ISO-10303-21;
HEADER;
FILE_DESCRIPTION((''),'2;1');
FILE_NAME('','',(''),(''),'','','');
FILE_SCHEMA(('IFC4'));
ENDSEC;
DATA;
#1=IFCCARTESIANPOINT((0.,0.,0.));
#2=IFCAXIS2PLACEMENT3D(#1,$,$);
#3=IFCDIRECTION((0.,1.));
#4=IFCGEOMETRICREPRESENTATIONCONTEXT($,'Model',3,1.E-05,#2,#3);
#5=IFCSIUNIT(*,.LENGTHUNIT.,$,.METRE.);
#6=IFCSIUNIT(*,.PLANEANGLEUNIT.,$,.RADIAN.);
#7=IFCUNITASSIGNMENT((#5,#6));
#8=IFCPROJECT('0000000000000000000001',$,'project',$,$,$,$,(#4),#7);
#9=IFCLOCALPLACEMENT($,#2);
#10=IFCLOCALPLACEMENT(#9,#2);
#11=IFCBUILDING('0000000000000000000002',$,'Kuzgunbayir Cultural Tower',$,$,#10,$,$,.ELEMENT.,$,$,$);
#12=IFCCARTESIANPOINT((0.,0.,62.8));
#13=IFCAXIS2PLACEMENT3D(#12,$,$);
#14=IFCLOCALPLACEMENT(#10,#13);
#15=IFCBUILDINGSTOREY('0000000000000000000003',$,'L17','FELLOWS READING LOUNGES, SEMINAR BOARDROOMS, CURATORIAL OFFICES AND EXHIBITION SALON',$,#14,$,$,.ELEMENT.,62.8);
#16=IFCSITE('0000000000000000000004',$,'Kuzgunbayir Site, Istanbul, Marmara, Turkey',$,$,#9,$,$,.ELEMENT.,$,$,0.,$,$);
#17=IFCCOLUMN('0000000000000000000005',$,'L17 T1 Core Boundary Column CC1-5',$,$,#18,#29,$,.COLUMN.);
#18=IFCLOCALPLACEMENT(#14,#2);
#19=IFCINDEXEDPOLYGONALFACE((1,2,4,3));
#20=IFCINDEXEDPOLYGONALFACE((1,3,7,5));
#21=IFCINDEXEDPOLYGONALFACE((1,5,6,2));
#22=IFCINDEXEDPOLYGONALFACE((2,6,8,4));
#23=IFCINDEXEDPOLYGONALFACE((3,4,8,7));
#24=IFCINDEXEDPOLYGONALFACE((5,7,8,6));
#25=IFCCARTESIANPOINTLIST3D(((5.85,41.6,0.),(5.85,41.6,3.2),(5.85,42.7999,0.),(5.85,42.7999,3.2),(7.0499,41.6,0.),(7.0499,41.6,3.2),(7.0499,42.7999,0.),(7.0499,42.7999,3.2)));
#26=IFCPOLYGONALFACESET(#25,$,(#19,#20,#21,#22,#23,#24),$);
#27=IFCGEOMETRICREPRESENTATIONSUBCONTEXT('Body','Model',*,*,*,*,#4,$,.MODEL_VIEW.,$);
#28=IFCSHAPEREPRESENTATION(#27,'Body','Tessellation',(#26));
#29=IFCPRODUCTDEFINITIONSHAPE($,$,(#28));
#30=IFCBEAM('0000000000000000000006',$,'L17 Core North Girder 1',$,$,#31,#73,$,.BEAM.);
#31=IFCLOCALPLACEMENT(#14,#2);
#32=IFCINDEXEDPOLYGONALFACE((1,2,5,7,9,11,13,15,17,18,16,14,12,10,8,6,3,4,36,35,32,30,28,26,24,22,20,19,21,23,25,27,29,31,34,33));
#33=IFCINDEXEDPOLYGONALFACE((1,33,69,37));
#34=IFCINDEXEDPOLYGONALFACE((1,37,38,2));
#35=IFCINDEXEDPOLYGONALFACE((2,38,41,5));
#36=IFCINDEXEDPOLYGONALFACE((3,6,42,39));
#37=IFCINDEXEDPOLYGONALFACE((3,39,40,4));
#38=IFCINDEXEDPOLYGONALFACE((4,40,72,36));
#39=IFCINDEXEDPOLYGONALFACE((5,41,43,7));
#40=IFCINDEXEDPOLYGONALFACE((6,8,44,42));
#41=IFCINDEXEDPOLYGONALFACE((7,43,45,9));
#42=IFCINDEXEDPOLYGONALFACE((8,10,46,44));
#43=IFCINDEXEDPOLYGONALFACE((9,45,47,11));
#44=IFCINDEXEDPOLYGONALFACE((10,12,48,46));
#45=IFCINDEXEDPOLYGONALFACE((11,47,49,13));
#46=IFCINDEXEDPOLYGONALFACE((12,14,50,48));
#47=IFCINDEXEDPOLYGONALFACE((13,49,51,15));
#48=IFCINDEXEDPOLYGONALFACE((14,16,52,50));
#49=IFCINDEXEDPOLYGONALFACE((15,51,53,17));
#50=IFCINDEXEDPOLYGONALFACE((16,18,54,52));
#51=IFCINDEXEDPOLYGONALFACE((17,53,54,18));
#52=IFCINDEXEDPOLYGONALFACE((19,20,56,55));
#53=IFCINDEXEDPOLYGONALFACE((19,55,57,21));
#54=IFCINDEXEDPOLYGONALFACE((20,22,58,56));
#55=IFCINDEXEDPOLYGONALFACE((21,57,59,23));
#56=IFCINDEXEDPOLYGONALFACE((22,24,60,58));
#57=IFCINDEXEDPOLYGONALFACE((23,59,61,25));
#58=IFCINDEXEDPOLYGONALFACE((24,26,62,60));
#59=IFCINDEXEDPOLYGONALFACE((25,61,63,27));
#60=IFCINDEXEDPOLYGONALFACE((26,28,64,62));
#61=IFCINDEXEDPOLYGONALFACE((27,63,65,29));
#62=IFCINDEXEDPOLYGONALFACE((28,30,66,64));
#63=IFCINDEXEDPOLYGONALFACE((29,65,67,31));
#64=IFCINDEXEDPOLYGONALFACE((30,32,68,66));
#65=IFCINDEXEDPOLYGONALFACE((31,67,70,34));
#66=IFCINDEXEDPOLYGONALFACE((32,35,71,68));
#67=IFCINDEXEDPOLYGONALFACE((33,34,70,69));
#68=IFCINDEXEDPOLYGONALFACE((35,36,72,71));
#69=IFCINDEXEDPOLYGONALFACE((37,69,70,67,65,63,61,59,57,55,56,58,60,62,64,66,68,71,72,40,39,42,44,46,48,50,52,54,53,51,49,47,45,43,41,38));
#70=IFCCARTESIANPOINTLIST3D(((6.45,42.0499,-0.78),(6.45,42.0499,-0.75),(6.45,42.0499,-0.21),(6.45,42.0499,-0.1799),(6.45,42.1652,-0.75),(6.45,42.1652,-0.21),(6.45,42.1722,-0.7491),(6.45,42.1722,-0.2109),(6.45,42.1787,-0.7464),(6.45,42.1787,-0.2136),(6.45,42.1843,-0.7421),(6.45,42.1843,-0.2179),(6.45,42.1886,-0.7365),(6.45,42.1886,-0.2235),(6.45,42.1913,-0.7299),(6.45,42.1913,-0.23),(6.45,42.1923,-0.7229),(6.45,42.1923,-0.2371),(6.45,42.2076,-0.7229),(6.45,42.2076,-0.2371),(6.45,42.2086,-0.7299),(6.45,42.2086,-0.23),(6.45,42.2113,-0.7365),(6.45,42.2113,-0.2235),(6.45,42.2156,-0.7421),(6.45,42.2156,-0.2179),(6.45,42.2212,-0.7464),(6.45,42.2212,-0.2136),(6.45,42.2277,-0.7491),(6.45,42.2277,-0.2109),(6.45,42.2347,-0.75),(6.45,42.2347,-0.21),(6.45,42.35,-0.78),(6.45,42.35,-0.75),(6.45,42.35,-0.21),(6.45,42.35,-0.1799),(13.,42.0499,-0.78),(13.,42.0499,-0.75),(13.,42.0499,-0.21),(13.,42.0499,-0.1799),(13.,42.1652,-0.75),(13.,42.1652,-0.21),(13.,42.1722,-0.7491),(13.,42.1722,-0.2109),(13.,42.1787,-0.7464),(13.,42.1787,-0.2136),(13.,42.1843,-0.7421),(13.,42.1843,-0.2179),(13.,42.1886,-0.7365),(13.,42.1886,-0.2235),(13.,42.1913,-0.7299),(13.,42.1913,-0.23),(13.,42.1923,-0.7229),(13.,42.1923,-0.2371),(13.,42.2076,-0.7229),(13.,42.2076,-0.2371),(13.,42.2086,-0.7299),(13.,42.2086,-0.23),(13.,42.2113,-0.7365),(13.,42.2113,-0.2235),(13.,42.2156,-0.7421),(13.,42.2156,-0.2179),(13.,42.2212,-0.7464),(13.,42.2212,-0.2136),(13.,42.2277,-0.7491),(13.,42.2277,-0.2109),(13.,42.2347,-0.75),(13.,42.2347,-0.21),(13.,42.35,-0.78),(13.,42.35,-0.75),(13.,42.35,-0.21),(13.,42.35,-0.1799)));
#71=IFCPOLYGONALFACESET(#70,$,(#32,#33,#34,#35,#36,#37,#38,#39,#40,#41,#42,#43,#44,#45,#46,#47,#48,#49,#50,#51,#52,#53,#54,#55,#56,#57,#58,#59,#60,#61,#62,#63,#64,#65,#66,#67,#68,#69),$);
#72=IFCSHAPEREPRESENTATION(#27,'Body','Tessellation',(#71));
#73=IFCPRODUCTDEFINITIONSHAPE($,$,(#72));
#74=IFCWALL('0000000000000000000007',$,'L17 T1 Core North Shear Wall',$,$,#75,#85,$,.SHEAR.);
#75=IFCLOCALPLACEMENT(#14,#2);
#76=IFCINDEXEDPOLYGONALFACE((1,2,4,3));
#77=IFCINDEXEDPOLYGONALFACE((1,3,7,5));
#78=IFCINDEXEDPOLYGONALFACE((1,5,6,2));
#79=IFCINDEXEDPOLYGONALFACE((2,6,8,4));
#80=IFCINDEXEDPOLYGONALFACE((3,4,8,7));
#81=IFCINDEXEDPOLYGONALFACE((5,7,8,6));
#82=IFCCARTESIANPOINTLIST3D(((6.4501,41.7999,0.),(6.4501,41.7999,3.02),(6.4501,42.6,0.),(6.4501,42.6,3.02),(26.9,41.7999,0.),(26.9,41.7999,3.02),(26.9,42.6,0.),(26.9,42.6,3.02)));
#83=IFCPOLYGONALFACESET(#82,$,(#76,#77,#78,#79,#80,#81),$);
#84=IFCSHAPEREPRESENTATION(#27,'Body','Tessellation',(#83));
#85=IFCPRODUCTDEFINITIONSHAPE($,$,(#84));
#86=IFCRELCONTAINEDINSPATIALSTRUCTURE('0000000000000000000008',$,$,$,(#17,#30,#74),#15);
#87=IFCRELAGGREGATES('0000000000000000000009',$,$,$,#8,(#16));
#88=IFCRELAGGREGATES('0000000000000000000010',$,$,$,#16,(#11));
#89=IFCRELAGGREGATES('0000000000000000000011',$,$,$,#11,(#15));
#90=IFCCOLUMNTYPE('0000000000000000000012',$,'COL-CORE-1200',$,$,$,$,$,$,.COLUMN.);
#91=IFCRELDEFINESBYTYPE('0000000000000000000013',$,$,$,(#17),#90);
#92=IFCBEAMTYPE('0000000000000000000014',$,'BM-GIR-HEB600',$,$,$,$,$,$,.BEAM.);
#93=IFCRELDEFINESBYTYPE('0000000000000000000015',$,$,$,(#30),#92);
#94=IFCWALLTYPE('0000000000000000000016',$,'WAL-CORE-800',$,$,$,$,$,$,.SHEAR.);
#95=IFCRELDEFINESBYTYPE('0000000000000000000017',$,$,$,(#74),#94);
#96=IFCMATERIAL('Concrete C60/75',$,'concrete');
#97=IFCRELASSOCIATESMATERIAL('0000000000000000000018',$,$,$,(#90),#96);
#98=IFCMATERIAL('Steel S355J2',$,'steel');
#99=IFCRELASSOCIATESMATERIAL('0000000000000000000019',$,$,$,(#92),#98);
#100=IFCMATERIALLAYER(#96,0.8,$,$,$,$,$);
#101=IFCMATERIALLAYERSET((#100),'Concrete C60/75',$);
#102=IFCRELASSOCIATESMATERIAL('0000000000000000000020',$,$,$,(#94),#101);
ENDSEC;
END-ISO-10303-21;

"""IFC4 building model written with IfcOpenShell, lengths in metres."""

from ifc_helpers import new_model, si_unit, direction, frame, frame_2d, origin, origin_2d, place, context, subcontext, project, spatial, rectangle, i_section, extrude, material, layer, layer_set, material_profile, profile_set, type_object, element, save


model = new_model("IFC4")

# Units and contexts
model_context = context("Model", 3, precision=1e-05, world=origin(), true_north=direction((0.0, 1.0)))
body_context = subcontext(model_context, "Body", "Model", "MODEL_VIEW")
ifc_project = project(units=[si_unit("LENGTHUNIT", "METRE"), si_unit("PLANEANGLEUNIT", "RADIAN")], contexts=[model_context])

# Site, building, storey
site_placement = place(None, origin())
site = spatial("IfcSite", under=ifc_project, at=site_placement, Name="Kuzgunbayir Site, Istanbul, Marmara, Turkey", CompositionType="ELEMENT", RefElevation=0.0)
building_placement = place(site_placement, origin())
building = spatial("IfcBuilding", under=site, at=building_placement, Name="Kuzgunbayir Cultural Tower", CompositionType="ELEMENT")
storey_placement = place(building_placement, frame((0.0, 0.0, 62.8)))
storey = spatial("IfcBuildingStorey", under=building, at=storey_placement, Name="L17", Description="FELLOWS READING LOUNGES, SEMINAR BOARDROOMS, CURATORIAL OFFICES AND EXHIBITION SALON", CompositionType="ELEMENT", Elevation=62.8)

# Column
ifc_material_1 = material(Name="Concrete C60/75", Category="concrete")
ifc_material_profile_1 = material_profile(ifc_material_1, rectangle(XDim=1.2, YDim=1.2, at=origin_2d()), Name="RC 1200x1200")
ifc_profile_set_1 = profile_set([ifc_material_profile_1], Name="Concrete C60/75")
column_type = type_object("IfcColumnType", Name="COL-CORE-1200", PredefinedType="COLUMN", material=ifc_profile_set_1)
column_placement = place(storey_placement, frame((6.45, 42.2, 0.0), z_axis=(0.0, 0.0, 1.0), x_axis=(1.0, 0.0, 0.0)))
element("IfcColumn", 1, at=column_placement, inside=storey, type_object=column_type, Name="L17 T1 Core Boundary Column CC1-5", PredefinedType="COLUMN", context=body_context, shape_type="SweptSolid", body=[
    extrude(rectangle(XDim=1.2, YDim=1.2, at=origin_2d()), origin(), (0.0, 0.0, 1.0), 3.2),
])

# Beam
ifc_material_2 = material(Name="Steel S355J2", Category="steel")
ifc_material_profile_2 = material_profile(ifc_material_2, i_section(OverallWidth=0.3, OverallDepth=0.6001, WebThickness=0.0154, FlangeThickness=0.03, FilletRadius=0.0271, at=origin_2d()), Name="HEB 600")
ifc_profile_set_2 = profile_set([ifc_material_profile_2], Name="Steel S355J2")
beam_type = type_object("IfcBeamType", Name="BM-GIR-HEB600", PredefinedType="BEAM", material=ifc_profile_set_2)
beam_placement = place(storey_placement, frame((6.45, 42.2, -0.48), z_axis=(1.0, 0.0, 0.0), x_axis=(0.0, 1.0, 0.0)))
element("IfcBeam", 2, at=beam_placement, inside=storey, type_object=beam_type, Name="L17 Core North Girder 1", PredefinedType="BEAM", context=body_context, shape_type="SweptSolid", body=[
    extrude(i_section(OverallWidth=0.3, OverallDepth=0.6001, WebThickness=0.0154, FlangeThickness=0.03, FilletRadius=0.0271, at=origin_2d()), origin(), (0.0, 0.0, 1.0), 6.55),
])

# Wall
ifc_layer_1 = layer(ifc_material_1, 0.8)
ifc_layer_set_1 = layer_set([ifc_layer_1], Name="Concrete C60/75")
wall_type_1 = type_object("IfcWallType", Name="WAL-CORE-800", PredefinedType="SHEAR", material=ifc_layer_set_1)
wall_1_placement = place(storey_placement, frame((6.45, 42.2, 0.0), z_axis=(0.0, 0.0, 1.0), x_axis=(1.0, 0.0, 0.0)))
element("IfcWall", 3, at=wall_1_placement, inside=storey, type_object=wall_type_1, Name="L17 T1 Core North Shear Wall", PredefinedType="SHEAR", context=body_context, shape_type="SweptSolid", body=[
    extrude(rectangle(XDim=20.45, YDim=0.8, at=frame_2d((10.2251, 0.0))), origin(), (0.0, 0.0, 1.0), 3.02),
])

save(model, "model.ifc")
